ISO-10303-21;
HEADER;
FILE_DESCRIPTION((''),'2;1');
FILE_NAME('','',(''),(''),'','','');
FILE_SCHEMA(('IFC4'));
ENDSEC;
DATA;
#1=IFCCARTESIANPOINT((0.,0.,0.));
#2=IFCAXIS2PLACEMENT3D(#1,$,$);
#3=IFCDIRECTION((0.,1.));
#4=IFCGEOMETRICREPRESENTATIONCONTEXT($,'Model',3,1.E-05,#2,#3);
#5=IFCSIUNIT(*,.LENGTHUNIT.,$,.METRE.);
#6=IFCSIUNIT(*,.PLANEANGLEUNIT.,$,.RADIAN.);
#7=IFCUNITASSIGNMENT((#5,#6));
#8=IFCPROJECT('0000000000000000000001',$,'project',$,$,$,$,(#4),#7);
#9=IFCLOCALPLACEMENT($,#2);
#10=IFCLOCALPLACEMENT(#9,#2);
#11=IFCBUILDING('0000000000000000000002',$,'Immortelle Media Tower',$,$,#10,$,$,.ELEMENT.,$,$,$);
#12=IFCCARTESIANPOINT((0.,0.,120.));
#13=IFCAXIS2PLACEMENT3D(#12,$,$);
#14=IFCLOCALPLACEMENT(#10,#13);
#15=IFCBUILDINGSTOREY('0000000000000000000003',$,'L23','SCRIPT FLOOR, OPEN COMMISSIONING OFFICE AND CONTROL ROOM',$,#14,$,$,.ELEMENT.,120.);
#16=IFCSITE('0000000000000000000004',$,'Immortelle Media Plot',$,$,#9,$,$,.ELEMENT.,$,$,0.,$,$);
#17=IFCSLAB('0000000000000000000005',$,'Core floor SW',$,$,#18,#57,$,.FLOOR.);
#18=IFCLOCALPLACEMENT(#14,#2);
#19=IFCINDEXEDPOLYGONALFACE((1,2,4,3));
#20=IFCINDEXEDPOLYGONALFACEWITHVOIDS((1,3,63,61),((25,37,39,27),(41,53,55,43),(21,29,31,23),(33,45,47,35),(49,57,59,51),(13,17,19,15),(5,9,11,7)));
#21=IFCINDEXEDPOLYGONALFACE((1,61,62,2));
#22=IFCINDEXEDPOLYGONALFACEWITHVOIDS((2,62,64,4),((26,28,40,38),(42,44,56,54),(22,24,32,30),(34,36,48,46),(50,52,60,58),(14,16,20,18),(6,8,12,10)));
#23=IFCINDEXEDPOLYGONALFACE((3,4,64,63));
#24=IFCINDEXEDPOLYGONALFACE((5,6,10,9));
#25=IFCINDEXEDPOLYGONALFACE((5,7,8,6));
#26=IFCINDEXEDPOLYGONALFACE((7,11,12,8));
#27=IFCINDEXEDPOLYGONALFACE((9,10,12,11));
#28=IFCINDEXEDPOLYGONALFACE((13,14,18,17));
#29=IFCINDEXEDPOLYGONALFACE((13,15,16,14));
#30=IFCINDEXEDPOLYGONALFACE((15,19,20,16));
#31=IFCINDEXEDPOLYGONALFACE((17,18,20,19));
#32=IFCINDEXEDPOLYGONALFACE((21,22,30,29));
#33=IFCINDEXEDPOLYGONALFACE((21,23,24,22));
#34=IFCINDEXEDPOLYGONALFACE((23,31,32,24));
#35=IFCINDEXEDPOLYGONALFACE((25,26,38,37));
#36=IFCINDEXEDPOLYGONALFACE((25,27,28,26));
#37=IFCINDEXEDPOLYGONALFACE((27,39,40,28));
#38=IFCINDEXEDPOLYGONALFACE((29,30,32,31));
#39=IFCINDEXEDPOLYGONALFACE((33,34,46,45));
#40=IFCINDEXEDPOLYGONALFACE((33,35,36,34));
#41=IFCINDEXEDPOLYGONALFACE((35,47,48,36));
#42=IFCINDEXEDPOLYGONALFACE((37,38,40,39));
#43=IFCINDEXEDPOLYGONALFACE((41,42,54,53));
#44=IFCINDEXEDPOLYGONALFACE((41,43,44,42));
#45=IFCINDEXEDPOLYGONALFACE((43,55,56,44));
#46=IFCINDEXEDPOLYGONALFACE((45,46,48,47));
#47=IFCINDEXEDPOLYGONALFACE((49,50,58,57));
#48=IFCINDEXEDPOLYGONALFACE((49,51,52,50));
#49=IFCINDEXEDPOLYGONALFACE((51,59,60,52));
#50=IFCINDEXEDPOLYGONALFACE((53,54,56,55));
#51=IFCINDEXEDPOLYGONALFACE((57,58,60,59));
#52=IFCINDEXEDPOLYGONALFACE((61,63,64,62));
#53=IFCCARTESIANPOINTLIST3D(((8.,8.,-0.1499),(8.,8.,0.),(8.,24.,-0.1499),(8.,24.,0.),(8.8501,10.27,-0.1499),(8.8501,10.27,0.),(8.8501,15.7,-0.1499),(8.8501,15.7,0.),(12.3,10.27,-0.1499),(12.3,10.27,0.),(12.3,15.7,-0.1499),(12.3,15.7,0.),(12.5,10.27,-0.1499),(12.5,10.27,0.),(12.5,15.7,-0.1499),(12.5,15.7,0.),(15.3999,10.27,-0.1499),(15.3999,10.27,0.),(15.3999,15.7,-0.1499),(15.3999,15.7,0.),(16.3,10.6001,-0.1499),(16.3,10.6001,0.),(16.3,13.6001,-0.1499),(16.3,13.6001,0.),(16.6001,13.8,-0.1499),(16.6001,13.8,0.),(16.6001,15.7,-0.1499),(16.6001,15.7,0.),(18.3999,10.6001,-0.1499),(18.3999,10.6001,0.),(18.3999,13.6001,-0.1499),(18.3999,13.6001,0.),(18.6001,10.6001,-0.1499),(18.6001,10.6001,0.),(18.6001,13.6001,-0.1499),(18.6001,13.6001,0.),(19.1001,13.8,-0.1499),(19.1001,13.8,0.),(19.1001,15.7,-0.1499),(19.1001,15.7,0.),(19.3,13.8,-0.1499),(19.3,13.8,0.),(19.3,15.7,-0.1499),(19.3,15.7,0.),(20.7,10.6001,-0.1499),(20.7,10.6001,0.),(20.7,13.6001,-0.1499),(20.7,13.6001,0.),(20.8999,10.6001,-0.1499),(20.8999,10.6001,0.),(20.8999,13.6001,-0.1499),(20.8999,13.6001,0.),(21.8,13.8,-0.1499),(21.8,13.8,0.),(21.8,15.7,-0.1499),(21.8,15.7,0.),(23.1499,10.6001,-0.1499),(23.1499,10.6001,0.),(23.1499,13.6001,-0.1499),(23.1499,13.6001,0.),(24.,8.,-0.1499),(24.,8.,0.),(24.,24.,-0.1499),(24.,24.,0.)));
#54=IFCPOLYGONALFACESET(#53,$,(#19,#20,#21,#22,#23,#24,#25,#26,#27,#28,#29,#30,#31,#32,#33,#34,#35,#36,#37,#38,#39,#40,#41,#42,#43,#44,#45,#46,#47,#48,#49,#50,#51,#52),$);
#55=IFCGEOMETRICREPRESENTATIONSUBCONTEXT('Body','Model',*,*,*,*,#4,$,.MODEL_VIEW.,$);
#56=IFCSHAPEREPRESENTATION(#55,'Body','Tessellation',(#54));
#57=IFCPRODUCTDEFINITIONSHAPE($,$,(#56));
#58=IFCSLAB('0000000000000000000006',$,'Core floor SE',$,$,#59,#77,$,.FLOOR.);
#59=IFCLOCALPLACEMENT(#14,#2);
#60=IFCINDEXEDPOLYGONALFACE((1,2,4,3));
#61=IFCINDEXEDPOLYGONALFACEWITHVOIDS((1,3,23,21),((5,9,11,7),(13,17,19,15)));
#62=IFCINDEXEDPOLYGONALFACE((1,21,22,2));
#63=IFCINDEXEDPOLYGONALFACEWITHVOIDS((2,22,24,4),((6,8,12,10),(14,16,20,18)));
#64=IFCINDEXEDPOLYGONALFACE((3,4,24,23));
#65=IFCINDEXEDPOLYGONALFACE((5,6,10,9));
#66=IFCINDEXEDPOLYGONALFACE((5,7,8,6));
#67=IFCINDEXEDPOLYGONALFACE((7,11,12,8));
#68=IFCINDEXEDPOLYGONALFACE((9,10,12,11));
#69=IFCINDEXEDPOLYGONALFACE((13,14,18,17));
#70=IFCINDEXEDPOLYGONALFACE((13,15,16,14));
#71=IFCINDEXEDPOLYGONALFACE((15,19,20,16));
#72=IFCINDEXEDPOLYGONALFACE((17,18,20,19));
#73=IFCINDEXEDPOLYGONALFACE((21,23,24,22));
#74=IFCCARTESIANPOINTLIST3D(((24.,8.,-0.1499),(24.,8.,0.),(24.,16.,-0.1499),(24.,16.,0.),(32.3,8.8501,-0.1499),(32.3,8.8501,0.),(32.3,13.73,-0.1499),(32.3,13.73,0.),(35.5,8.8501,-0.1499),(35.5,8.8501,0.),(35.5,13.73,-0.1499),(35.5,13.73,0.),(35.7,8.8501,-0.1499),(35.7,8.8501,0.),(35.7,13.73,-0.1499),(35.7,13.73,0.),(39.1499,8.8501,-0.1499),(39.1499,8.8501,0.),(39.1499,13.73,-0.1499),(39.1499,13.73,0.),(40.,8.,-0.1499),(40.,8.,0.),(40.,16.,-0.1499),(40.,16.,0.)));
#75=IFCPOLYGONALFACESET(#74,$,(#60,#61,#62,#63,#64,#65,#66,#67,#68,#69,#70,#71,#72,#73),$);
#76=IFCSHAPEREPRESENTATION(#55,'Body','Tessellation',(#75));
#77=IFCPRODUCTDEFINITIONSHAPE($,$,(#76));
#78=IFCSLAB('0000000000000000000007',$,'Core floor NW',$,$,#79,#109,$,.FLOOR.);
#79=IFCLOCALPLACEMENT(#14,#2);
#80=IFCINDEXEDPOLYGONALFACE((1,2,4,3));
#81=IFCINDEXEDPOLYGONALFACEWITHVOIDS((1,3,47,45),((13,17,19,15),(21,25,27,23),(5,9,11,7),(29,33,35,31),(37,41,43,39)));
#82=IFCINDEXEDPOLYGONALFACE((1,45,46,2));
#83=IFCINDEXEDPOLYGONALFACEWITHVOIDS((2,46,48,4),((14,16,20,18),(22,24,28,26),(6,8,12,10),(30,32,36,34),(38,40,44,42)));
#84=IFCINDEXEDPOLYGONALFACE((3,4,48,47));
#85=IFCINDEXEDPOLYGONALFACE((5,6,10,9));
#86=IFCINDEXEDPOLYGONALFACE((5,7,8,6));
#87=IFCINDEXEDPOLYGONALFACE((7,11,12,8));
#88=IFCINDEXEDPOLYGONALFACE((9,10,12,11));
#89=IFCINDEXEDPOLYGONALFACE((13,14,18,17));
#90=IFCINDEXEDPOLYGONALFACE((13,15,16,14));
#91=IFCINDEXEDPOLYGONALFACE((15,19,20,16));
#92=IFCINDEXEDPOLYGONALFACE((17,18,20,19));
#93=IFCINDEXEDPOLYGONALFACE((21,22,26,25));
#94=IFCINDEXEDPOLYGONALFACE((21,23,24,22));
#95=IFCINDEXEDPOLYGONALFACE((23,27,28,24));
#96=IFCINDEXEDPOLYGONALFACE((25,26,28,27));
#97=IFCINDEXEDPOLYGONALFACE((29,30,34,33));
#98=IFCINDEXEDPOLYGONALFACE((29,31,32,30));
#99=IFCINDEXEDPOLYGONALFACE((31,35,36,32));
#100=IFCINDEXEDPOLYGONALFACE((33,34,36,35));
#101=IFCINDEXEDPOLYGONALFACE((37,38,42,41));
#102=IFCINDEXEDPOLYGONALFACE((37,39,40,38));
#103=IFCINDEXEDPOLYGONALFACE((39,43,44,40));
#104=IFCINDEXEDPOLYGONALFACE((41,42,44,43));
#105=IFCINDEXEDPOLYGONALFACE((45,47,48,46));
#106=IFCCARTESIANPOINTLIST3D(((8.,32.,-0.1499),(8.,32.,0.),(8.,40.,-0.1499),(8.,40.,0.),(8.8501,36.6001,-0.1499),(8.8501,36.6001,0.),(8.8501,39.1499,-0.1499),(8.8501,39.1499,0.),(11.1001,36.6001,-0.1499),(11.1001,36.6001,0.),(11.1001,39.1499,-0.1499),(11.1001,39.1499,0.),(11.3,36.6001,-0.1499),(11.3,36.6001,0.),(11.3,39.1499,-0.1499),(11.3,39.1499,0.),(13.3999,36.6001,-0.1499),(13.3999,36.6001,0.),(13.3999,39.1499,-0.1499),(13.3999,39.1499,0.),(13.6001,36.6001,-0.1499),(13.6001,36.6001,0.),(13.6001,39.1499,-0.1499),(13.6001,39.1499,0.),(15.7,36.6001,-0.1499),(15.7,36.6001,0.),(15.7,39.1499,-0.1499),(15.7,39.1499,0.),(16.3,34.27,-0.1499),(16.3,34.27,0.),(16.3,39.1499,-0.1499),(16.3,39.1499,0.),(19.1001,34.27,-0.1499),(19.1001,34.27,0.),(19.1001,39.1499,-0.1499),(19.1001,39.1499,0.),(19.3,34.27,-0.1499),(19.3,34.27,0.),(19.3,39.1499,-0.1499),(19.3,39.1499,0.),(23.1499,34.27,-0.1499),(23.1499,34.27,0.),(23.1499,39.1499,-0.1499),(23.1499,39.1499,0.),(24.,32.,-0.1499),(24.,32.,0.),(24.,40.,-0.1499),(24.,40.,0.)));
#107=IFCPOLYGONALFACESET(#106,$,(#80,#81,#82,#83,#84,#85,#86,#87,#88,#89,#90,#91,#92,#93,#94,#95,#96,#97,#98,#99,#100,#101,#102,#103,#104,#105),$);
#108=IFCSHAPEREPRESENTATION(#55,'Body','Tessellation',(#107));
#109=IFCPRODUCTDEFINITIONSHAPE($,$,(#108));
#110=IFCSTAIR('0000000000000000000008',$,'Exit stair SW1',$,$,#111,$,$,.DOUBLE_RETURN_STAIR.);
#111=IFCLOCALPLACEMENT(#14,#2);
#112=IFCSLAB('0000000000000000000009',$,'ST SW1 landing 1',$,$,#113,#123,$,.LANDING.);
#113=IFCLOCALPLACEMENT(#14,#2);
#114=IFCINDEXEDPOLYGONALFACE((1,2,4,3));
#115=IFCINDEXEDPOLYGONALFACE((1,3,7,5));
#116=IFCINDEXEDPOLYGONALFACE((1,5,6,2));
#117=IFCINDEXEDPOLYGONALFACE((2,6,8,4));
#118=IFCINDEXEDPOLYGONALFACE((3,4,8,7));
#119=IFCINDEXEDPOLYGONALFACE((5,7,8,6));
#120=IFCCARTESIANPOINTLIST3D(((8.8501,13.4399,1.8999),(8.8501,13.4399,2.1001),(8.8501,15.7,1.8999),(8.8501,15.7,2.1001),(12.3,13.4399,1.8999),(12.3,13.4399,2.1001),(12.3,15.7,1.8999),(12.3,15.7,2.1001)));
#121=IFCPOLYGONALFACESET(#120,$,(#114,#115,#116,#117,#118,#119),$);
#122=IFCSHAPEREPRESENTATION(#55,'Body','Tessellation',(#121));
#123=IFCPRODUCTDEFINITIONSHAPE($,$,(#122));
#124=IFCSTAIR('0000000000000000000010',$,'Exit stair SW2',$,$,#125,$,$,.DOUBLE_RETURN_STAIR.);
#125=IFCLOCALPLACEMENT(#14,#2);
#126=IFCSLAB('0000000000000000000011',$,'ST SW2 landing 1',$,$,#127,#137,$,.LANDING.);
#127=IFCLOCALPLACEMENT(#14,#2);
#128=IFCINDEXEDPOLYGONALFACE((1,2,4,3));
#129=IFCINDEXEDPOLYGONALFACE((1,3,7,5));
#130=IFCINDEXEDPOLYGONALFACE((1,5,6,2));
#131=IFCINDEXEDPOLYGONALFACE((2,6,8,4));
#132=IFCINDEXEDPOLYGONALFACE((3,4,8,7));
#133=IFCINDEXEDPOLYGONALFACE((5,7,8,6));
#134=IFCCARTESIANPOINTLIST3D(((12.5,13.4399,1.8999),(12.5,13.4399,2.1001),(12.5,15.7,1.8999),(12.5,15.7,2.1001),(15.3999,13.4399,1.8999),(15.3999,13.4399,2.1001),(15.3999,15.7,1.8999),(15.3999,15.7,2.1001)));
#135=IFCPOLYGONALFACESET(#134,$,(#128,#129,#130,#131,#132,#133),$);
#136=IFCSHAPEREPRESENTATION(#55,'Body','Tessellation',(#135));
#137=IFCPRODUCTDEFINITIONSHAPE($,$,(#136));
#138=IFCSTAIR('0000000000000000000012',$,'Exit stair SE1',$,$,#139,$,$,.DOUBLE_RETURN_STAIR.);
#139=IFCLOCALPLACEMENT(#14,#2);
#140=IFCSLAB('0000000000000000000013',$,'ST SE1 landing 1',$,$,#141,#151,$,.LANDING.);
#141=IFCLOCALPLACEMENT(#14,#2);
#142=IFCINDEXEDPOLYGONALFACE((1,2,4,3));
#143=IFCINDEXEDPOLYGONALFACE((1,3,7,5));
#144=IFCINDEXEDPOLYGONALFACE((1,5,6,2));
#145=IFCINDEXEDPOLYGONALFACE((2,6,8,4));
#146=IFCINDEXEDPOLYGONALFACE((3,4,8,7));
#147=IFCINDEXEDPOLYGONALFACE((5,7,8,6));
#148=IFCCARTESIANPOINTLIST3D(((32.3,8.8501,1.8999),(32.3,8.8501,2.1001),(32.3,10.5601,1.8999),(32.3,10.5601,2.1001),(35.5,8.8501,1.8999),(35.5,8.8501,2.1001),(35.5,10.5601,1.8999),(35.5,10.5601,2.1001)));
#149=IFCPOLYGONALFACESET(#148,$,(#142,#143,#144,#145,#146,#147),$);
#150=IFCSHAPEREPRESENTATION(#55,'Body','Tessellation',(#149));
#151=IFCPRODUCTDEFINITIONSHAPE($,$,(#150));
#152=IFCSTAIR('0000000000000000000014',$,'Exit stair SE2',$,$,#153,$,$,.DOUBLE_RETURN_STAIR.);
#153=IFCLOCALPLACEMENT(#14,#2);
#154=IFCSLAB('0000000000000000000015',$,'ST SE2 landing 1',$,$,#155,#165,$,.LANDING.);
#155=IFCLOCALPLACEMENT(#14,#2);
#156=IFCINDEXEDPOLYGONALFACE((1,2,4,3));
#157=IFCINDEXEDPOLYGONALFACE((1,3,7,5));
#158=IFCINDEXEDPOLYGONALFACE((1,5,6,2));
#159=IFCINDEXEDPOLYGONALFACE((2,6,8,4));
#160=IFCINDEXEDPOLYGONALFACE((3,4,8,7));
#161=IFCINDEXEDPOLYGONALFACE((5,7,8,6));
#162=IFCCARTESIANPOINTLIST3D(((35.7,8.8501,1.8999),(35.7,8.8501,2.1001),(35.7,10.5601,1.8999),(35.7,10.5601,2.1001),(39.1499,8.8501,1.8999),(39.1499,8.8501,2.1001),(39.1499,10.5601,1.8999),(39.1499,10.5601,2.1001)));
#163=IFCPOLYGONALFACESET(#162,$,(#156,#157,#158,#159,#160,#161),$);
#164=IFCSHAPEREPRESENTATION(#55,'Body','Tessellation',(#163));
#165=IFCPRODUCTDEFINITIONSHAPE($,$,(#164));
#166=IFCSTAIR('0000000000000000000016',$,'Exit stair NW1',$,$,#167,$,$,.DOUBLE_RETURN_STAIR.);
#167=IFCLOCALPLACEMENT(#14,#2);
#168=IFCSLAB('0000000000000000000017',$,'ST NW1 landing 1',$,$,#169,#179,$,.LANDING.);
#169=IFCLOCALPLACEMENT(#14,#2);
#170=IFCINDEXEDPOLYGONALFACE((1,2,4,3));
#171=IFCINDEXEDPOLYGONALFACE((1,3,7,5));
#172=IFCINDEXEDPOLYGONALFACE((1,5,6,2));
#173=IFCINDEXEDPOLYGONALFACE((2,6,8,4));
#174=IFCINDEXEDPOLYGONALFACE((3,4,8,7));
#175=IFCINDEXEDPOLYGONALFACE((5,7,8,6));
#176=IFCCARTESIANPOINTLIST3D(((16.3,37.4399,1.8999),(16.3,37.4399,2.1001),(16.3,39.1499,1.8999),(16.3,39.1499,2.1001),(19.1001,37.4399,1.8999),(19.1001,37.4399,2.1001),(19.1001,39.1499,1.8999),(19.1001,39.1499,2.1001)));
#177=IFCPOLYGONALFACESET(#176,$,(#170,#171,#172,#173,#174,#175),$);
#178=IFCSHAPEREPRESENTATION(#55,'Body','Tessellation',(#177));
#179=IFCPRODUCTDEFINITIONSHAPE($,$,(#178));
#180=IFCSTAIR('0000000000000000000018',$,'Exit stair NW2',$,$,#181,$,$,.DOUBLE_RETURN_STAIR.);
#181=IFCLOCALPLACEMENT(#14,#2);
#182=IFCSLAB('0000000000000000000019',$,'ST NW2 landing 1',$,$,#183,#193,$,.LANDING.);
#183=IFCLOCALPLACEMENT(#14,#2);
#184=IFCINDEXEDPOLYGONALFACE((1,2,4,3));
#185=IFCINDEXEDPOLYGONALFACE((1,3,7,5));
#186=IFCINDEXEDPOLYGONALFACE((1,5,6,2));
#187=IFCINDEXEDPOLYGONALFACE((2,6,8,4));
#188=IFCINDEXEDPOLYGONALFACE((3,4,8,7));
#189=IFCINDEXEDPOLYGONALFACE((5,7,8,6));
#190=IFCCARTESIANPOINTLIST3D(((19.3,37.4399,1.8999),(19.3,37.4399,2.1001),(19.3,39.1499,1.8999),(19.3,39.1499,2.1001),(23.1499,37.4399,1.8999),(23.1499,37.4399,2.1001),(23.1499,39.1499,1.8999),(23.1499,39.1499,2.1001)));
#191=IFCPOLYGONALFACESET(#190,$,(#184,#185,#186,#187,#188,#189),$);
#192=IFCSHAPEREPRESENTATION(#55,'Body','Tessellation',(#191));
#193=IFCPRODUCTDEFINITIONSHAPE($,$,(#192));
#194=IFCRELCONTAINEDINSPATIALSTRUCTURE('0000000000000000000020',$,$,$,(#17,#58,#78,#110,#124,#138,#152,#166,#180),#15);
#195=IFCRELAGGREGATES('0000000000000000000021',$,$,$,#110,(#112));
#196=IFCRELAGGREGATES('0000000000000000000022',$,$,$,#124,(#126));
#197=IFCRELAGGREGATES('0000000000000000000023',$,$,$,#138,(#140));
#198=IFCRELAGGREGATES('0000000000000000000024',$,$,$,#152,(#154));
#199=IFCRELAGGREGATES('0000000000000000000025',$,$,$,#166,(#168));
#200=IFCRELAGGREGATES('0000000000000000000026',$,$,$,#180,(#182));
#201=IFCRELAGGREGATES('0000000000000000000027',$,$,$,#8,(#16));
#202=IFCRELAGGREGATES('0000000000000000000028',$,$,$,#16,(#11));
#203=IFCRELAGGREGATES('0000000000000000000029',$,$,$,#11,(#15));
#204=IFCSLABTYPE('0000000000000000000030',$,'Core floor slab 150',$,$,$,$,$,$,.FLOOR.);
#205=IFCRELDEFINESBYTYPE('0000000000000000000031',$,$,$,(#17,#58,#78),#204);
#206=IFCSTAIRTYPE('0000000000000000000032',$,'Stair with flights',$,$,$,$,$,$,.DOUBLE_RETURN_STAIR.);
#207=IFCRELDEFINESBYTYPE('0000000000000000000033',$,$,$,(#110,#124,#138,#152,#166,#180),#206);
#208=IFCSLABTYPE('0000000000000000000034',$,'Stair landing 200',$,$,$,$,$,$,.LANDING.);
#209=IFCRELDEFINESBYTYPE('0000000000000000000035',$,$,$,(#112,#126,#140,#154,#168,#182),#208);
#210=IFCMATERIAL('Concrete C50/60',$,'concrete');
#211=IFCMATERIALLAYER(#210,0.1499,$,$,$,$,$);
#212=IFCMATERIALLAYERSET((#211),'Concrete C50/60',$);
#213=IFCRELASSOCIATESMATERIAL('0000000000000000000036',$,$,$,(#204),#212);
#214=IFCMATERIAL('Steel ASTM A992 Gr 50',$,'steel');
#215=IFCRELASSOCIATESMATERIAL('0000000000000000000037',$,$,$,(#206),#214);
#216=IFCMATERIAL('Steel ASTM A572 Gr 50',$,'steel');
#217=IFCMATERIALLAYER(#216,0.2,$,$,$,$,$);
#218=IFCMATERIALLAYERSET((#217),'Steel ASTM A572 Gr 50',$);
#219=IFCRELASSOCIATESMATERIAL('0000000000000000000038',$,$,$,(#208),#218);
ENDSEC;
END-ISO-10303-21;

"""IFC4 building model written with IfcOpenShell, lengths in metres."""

from ifc_helpers import new_model, si_unit, direction, frame, origin, place, context, subcontext, project, spatial, polyline, outline, extrude, material, layer, layer_set, type_object, element, aggregate, save


model = new_model("IFC4")

# Units and contexts
model_context = context("Model", 3, precision=1e-05, world=origin(), true_north=direction((0.0, 1.0)))
body_context = subcontext(model_context, "Body", "Model", "MODEL_VIEW")
ifc_project = project(units=[si_unit("LENGTHUNIT", "METRE"), si_unit("PLANEANGLEUNIT", "RADIAN")], contexts=[model_context])

# Site, building, storey
site_placement = place(None, origin())
site = spatial("IfcSite", under=ifc_project, at=site_placement, Name="Immortelle Media Plot", CompositionType="ELEMENT", RefElevation=0.0)
building_placement = place(site_placement, origin())
building = spatial("IfcBuilding", under=site, at=building_placement, Name="Immortelle Media Tower", CompositionType="ELEMENT")
storey_placement = place(building_placement, frame((0.0, 0.0, 120.0)))
storey = spatial("IfcBuildingStorey", under=building, at=storey_placement, Name="L23", Description="SCRIPT FLOOR, OPEN COMMISSIONING OFFICE AND CONTROL ROOM", CompositionType="ELEMENT", Elevation=120.0)

# Slabs
ifc_material_1 = material(Name="Concrete C50/60", Category="concrete")
ifc_layer_1 = layer(ifc_material_1, 0.1499)
ifc_layer_set_1 = layer_set([ifc_layer_1], Name="Concrete C50/60")
slab_type_1 = type_object("IfcSlabType", Name="Core floor slab 150", PredefinedType="FLOOR", material=ifc_layer_set_1)
slab_1_placement = place(storey_placement, frame((0.0, 0.0, -0.1499)))
element("IfcSlab", 1, at=slab_1_placement, inside=storey, type_object=slab_type_1, Name="Core floor SW", PredefinedType="FLOOR", context=body_context, shape_type="SweptSolid", body=[
    extrude(outline(polyline([(8.0, 8.0), (24.0, 8.0), (24.0, 24.0), (8.0, 24.0), (8.0, 8.0)]), holes=[polyline([(16.6001, 13.8), (19.1001, 13.8), (19.1001, 15.7), (16.6001, 15.7), (16.6001, 13.8)]), polyline([(19.3, 13.8), (21.8, 13.8), (21.8, 15.7), (19.3, 15.7), (19.3, 13.8)]), polyline([(16.3, 10.6001), (18.3999, 10.6001), (18.3999, 13.6001), (16.3, 13.6001), (16.3, 10.6001)]), polyline([(18.6001, 10.6001), (20.7, 10.6001), (20.7, 13.6001), (18.6001, 13.6001), (18.6001, 10.6001)]), polyline([(20.8999, 10.6001), (23.1499, 10.6001), (23.1499, 13.6001), (20.8999, 13.6001), (20.8999, 10.6001)]), polyline([(8.8501, 10.27), (12.3, 10.27), (12.3, 15.7), (8.8501, 15.7), (8.8501, 10.27)]), polyline([(12.5, 10.27), (15.3999, 10.27), (15.3999, 15.7), (12.5, 15.7), (12.5, 10.27)])]), origin(), (0.0, 0.0, 1.0), 0.1499),
])
slab_2_placement = place(storey_placement, frame((0.0, 0.0, -0.1499)))
element("IfcSlab", 2, at=slab_2_placement, inside=storey, type_object=slab_type_1, Name="Core floor SE", PredefinedType="FLOOR", context=body_context, shape_type="SweptSolid", body=[
    extrude(outline(polyline([(24.0, 8.0), (40.0, 8.0), (40.0, 16.0), (24.0, 16.0), (24.0, 8.0)]), holes=[polyline([(32.3, 8.8501), (35.5, 8.8501), (35.5, 13.73), (32.3, 13.73), (32.3, 8.8501)]), polyline([(35.7, 8.8501), (39.1499, 8.8501), (39.1499, 13.73), (35.7, 13.73), (35.7, 8.8501)])]), origin(), (0.0, 0.0, 1.0), 0.1499),
])
slab_3_placement = place(storey_placement, frame((0.0, 0.0, -0.1499)))
element("IfcSlab", 3, at=slab_3_placement, inside=storey, type_object=slab_type_1, Name="Core floor NW", PredefinedType="FLOOR", context=body_context, shape_type="SweptSolid", body=[
    extrude(outline(polyline([(8.0, 32.0), (24.0, 32.0), (24.0, 40.0), (8.0, 40.0), (8.0, 32.0)]), holes=[polyline([(8.8501, 36.6001), (11.1001, 36.6001), (11.1001, 39.1499), (8.8501, 39.1499), (8.8501, 36.6001)]), polyline([(11.3, 36.6001), (13.3999, 36.6001), (13.3999, 39.1499), (11.3, 39.1499), (11.3, 36.6001)]), polyline([(13.6001, 36.6001), (15.7, 36.6001), (15.7, 39.1499), (13.6001, 39.1499), (13.6001, 36.6001)]), polyline([(16.3, 34.27), (19.1001, 34.27), (19.1001, 39.1499), (16.3, 39.1499), (16.3, 34.27)]), polyline([(19.3, 34.27), (23.1499, 34.27), (23.1499, 39.1499), (19.3, 39.1499), (19.3, 34.27)])]), origin(), (0.0, 0.0, 1.0), 0.1499),
])

# Stairs, slabs
ifc_material_2 = material(Name="Steel ASTM A992 Gr 50", Category="steel")
stair_type = type_object("IfcStairType", Name="Stair with flights", PredefinedType="DOUBLE_RETURN_STAIR", material=ifc_material_2)
stair_1_placement = place(storey_placement, origin())
stair_1 = element("IfcStair", 4, at=stair_1_placement, inside=storey, type_object=stair_type, Name="Exit stair SW1", PredefinedType="DOUBLE_RETURN_STAIR")
ifc_material_3 = material(Name="Steel ASTM A572 Gr 50", Category="steel")
ifc_layer_2 = layer(ifc_material_3, 0.2)
ifc_layer_set_2 = layer_set([ifc_layer_2], Name="Steel ASTM A572 Gr 50")
slab_type_2 = type_object("IfcSlabType", Name="Stair landing 200", PredefinedType="LANDING", material=ifc_layer_set_2)
slab_4_placement = place(storey_placement, frame((0.0, 0.0, 1.8999)))
slab_4 = element("IfcSlab", 5, at=slab_4_placement, type_object=slab_type_2, Name="ST SW1 landing 1", PredefinedType="LANDING", context=body_context, shape_type="SweptSolid", body=[
    extrude(outline(polyline([(8.8501, 13.4399), (12.3, 13.4399), (12.3, 15.7), (8.8501, 15.7), (8.8501, 13.4399)])), origin(), (0.0, 0.0, 1.0), 0.2002),
])
aggregate(stair_1, [slab_4])
stair_2_placement = place(storey_placement, origin())
stair_2 = element("IfcStair", 6, at=stair_2_placement, inside=storey, type_object=stair_type, Name="Exit stair SW2", PredefinedType="DOUBLE_RETURN_STAIR")
slab_5_placement = place(storey_placement, frame((0.0, 0.0, 1.8999)))
slab_5 = element("IfcSlab", 7, at=slab_5_placement, type_object=slab_type_2, Name="ST SW2 landing 1", PredefinedType="LANDING", context=body_context, shape_type="SweptSolid", body=[
    extrude(outline(polyline([(12.5, 13.4399), (15.3999, 13.4399), (15.3999, 15.7), (12.5, 15.7), (12.5, 13.4399)])), origin(), (0.0, 0.0, 1.0), 0.2002),
])
aggregate(stair_2, [slab_5])
stair_3_placement = place(storey_placement, origin())
stair_3 = element("IfcStair", 8, at=stair_3_placement, inside=storey, type_object=stair_type, Name="Exit stair SE1", PredefinedType="DOUBLE_RETURN_STAIR")
slab_6_placement = place(storey_placement, frame((0.0, 0.0, 1.8999)))
slab_6 = element("IfcSlab", 9, at=slab_6_placement, type_object=slab_type_2, Name="ST SE1 landing 1", PredefinedType="LANDING", context=body_context, shape_type="SweptSolid", body=[
    extrude(outline(polyline([(32.3, 8.8501), (35.5, 8.8501), (35.5, 10.5601), (32.3, 10.5601), (32.3, 8.8501)])), origin(), (0.0, 0.0, 1.0), 0.2002),
])
aggregate(stair_3, [slab_6])
stair_4_placement = place(storey_placement, origin())
stair_4 = element("IfcStair", 10, at=stair_4_placement, inside=storey, type_object=stair_type, Name="Exit stair SE2", PredefinedType="DOUBLE_RETURN_STAIR")
slab_7_placement = place(storey_placement, frame((0.0, 0.0, 1.8999)))
slab_7 = element("IfcSlab", 11, at=slab_7_placement, type_object=slab_type_2, Name="ST SE2 landing 1", PredefinedType="LANDING", context=body_context, shape_type="SweptSolid", body=[
    extrude(outline(polyline([(35.7, 8.8501), (39.1499, 8.8501), (39.1499, 10.5601), (35.7, 10.5601), (35.7, 8.8501)])), origin(), (0.0, 0.0, 1.0), 0.2002),
])
aggregate(stair_4, [slab_7])
stair_5_placement = place(storey_placement, origin())
stair_5 = element("IfcStair", 12, at=stair_5_placement, inside=storey, type_object=stair_type, Name="Exit stair NW1", PredefinedType="DOUBLE_RETURN_STAIR")
slab_8_placement = place(storey_placement, frame((0.0, 0.0, 1.8999)))
slab_8 = element("IfcSlab", 13, at=slab_8_placement, type_object=slab_type_2, Name="ST NW1 landing 1", PredefinedType="LANDING", context=body_context, shape_type="SweptSolid", body=[
    extrude(outline(polyline([(16.3, 37.4399), (19.1001, 37.4399), (19.1001, 39.1499), (16.3, 39.1499), (16.3, 37.4399)])), origin(), (0.0, 0.0, 1.0), 0.2002),
])
aggregate(stair_5, [slab_8])
stair_6_placement = place(storey_placement, origin())
stair_6 = element("IfcStair", 14, at=stair_6_placement, inside=storey, type_object=stair_type, Name="Exit stair NW2", PredefinedType="DOUBLE_RETURN_STAIR")
slab_9_placement = place(storey_placement, frame((0.0, 0.0, 1.8999)))
slab_9 = element("IfcSlab", 15, at=slab_9_placement, type_object=slab_type_2, Name="ST NW2 landing 1", PredefinedType="LANDING", context=body_context, shape_type="SweptSolid", body=[
    extrude(outline(polyline([(19.3, 37.4399), (23.1499, 37.4399), (23.1499, 39.1499), (19.3, 39.1499), (19.3, 37.4399)])), origin(), (0.0, 0.0, 1.0), 0.2002),
])
aggregate(stair_6, [slab_9])

save(model, "model.ifc")
